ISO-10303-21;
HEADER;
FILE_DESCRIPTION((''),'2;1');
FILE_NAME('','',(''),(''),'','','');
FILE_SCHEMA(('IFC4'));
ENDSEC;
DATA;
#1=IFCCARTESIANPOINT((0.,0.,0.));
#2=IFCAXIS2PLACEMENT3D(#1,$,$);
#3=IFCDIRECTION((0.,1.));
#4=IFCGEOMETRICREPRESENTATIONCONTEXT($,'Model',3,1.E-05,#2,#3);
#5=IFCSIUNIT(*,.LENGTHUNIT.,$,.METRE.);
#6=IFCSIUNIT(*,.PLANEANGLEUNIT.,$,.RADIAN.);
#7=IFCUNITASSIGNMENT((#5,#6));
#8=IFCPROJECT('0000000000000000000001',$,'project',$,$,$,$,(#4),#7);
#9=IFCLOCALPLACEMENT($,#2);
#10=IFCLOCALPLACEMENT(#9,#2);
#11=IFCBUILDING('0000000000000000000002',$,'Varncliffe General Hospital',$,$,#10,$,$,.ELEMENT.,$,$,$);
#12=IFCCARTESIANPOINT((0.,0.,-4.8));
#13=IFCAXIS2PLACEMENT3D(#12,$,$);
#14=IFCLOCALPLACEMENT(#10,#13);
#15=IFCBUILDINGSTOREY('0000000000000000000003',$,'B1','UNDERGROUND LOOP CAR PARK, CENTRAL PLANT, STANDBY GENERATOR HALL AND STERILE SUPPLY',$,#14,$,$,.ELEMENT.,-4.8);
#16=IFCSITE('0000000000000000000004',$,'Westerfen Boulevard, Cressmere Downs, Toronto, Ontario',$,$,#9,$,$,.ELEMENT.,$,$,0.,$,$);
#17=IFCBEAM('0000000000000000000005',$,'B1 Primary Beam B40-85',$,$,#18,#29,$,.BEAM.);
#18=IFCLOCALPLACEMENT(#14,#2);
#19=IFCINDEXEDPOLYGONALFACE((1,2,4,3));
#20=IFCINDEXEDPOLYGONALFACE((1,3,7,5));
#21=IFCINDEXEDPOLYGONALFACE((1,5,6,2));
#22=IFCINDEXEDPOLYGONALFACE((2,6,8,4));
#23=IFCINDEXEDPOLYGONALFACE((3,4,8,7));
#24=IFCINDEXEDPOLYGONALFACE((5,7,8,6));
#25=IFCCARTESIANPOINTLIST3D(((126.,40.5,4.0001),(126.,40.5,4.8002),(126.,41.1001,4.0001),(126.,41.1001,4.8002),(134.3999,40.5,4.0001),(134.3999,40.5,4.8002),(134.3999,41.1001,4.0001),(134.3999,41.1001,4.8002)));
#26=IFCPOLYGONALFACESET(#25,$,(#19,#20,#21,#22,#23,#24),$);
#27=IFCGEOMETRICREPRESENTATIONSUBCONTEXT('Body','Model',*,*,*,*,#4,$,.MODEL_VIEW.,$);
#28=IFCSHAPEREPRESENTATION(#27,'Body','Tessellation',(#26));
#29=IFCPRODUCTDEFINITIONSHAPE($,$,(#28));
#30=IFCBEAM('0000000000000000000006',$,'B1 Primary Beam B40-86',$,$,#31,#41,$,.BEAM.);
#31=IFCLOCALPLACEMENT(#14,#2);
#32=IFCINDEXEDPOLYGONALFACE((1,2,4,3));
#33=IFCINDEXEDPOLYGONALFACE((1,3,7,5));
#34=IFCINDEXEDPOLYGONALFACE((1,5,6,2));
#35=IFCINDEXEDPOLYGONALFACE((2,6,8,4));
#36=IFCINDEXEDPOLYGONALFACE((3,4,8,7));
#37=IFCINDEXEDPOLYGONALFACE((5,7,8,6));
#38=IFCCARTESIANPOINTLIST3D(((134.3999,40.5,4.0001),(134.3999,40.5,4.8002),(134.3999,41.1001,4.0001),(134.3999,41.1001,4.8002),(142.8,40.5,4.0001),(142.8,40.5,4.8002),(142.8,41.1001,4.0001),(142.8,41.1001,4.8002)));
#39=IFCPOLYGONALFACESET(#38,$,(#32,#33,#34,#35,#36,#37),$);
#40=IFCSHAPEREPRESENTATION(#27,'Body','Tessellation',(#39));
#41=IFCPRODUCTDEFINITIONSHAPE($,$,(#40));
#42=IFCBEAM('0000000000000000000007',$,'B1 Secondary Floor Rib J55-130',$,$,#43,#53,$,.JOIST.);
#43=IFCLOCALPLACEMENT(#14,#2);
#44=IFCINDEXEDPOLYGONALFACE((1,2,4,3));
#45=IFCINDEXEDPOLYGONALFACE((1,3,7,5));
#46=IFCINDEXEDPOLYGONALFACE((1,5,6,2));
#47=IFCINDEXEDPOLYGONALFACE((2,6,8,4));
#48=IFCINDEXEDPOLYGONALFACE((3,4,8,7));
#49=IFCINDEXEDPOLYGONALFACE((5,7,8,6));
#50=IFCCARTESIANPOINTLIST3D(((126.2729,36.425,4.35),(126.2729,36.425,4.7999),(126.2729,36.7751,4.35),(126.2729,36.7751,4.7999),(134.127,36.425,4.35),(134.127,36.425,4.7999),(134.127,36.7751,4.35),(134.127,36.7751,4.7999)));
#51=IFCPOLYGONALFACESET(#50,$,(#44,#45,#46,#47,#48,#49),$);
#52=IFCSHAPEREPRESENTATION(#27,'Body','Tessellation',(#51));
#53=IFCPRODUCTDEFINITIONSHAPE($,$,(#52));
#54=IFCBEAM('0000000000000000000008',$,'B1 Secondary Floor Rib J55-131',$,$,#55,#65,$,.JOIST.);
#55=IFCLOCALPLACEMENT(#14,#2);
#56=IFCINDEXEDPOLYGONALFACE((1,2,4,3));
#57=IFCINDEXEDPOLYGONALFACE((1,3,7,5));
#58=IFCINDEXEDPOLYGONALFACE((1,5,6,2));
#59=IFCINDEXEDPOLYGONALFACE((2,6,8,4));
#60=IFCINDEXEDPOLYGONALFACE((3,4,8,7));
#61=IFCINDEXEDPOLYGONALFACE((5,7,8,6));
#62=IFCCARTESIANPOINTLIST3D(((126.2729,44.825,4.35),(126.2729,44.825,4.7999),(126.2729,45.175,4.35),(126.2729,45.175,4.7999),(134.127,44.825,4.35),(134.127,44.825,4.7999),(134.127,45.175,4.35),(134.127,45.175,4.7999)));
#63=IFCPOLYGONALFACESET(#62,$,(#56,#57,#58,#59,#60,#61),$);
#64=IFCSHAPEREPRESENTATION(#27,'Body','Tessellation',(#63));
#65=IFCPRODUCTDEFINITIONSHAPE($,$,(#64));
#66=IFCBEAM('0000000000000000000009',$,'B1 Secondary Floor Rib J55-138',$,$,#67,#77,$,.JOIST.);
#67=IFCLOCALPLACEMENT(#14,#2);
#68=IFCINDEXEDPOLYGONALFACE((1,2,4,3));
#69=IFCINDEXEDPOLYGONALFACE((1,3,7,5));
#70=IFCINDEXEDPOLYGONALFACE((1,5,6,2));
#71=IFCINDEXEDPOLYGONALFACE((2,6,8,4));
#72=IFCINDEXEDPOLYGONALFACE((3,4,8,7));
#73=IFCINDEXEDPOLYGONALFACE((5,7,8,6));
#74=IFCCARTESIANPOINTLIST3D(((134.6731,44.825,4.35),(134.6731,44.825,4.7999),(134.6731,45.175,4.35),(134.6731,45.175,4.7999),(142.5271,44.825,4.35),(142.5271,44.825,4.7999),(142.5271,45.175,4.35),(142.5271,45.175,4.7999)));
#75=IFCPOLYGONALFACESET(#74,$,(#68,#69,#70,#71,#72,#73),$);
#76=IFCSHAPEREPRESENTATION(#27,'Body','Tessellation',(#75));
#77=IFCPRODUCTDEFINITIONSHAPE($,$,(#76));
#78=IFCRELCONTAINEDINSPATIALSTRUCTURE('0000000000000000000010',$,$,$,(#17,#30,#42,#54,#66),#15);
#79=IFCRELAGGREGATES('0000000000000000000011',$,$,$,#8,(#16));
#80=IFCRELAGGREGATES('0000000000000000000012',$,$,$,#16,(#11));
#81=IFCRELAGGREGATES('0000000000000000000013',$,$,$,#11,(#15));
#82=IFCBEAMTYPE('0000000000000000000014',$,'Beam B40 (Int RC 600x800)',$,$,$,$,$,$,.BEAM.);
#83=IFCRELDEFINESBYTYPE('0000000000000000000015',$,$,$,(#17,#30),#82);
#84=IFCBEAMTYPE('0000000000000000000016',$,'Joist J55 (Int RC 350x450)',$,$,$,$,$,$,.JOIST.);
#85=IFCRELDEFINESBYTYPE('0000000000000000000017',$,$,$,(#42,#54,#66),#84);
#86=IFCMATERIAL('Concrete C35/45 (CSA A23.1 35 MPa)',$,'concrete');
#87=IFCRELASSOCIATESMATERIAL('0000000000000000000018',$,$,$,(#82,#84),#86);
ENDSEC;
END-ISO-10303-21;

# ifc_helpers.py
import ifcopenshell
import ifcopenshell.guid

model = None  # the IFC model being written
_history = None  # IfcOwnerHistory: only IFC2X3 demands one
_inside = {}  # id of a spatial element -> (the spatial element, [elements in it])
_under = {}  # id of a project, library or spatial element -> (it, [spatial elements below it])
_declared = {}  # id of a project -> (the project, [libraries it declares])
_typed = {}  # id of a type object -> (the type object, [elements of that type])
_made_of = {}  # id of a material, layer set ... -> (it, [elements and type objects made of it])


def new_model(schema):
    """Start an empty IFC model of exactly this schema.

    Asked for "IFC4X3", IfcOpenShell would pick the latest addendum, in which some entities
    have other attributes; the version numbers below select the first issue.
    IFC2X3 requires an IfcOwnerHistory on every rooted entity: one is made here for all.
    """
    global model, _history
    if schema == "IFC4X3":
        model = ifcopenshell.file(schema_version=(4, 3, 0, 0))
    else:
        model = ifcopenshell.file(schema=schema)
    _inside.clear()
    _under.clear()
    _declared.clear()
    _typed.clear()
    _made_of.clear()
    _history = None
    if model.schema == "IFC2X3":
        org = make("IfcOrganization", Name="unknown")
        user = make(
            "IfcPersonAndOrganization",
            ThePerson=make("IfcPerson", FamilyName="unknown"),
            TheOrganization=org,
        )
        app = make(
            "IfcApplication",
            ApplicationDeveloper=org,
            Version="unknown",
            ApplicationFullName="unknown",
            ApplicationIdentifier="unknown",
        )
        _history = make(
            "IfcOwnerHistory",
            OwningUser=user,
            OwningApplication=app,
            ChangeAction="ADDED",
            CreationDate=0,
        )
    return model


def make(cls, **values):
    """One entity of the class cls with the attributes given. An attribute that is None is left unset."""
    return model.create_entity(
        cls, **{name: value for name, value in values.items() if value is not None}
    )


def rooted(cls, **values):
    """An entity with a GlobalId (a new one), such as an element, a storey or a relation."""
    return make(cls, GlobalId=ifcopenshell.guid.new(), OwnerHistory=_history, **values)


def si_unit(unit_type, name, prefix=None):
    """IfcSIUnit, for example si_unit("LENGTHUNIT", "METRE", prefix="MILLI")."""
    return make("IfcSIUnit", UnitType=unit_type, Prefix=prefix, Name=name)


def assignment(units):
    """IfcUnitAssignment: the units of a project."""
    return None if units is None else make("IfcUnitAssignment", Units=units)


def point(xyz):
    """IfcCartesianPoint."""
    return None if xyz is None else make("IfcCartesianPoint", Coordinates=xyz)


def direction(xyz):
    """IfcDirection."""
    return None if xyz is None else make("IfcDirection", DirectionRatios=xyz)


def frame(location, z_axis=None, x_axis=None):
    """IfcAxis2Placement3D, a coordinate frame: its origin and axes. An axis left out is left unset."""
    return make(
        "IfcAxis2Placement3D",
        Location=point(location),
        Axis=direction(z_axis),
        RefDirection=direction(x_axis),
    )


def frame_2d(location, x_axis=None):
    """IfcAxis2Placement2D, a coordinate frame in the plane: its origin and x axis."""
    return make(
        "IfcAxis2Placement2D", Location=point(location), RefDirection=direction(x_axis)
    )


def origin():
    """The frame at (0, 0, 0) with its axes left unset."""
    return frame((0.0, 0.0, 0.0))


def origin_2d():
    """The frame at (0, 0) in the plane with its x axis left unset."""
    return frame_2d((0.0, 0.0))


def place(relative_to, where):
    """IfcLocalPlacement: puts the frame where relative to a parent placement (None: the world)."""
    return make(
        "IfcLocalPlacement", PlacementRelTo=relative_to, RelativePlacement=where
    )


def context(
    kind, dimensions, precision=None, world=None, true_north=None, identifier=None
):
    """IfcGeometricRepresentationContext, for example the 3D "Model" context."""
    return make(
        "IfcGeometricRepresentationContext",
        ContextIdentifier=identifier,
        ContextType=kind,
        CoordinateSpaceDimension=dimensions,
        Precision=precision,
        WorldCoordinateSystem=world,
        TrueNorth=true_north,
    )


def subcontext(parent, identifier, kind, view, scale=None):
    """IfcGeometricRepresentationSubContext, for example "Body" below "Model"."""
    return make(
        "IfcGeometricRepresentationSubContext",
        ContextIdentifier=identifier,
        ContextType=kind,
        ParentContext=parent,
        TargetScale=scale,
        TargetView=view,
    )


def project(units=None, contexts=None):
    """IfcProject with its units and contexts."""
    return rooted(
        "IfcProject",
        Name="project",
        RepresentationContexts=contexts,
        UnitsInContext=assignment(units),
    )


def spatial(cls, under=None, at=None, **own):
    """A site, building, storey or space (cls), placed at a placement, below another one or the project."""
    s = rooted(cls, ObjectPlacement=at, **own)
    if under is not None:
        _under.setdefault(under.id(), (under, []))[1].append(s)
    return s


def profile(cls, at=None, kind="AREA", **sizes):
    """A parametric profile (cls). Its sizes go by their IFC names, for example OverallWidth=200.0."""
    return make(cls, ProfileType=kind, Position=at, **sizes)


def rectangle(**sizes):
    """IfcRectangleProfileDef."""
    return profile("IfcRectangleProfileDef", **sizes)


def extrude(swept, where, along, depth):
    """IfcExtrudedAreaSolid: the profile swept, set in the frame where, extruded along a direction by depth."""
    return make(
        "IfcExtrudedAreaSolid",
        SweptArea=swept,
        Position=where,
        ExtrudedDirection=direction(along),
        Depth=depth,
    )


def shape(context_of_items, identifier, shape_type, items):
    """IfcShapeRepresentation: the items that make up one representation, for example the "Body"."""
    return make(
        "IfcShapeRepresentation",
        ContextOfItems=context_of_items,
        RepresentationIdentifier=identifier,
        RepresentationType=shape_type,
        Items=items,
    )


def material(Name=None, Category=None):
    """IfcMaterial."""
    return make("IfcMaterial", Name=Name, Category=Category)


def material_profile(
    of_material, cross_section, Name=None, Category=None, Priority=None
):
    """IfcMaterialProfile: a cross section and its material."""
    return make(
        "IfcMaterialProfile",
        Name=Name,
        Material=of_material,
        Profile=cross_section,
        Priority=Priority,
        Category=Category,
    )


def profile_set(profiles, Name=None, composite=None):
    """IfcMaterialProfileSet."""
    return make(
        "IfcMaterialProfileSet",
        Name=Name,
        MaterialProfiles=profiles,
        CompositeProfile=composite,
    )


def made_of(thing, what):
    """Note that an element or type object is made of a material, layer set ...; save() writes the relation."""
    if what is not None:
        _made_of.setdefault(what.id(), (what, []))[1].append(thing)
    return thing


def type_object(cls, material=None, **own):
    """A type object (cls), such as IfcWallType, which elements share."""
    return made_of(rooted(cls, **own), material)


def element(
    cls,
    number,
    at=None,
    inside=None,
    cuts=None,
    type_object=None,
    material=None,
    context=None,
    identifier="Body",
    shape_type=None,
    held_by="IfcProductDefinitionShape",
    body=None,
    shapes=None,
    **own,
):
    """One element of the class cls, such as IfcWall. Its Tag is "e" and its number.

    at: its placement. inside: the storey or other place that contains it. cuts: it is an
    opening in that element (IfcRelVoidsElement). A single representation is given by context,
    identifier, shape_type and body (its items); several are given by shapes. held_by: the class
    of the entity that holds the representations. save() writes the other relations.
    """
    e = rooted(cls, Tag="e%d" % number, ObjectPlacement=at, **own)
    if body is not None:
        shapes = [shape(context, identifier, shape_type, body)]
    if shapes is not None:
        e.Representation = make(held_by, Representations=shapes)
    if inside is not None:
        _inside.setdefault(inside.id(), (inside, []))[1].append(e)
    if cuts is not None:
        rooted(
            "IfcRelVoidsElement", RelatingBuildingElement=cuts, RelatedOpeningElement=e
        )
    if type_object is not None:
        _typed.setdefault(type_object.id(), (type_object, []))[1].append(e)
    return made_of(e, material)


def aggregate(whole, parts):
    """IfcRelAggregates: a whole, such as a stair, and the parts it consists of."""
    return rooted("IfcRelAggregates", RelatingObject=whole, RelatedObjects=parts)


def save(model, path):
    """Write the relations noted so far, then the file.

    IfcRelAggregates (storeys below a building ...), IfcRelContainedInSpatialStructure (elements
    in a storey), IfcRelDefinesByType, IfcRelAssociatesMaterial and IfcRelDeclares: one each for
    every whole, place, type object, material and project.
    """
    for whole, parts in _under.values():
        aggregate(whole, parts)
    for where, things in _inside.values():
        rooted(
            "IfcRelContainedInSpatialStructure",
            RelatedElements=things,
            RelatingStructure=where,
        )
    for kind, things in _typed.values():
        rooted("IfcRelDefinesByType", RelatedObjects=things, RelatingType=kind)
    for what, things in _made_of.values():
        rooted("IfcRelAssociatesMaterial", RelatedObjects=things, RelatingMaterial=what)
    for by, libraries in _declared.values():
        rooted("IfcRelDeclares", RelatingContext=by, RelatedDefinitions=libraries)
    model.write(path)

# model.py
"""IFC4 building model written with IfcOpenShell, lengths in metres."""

from ifc_helpers import new_model, si_unit, direction, frame, origin, origin_2d, place, context, subcontext, project, spatial, rectangle, extrude, material, material_profile, profile_set, type_object, element, save


model = new_model("IFC4")

# Units and contexts
model_context = context("Model", 3, precision=1e-05, world=origin(), true_north=direction((0.0, 1.0)))
body_context = subcontext(model_context, "Body", "Model", "MODEL_VIEW")
ifc_project = project(units=[si_unit("LENGTHUNIT", "METRE"), si_unit("PLANEANGLEUNIT", "RADIAN")], contexts=[model_context])

# Site, building, storey
site_placement = place(None, origin())
site = spatial("IfcSite", under=ifc_project, at=site_placement, Name="Westerfen Boulevard, Cressmere Downs, Toronto, Ontario", CompositionType="ELEMENT", RefElevation=0.0)
building_placement = place(site_placement, origin())
building = spatial("IfcBuilding", under=site, at=building_placement, Name="Varncliffe General Hospital", CompositionType="ELEMENT")
storey_placement = place(building_placement, frame((0.0, 0.0, -4.8)))
storey = spatial("IfcBuildingStorey", under=building, at=storey_placement, Name="B1", Description="UNDERGROUND LOOP CAR PARK, CENTRAL PLANT, STANDBY GENERATOR HALL AND STERILE SUPPLY", CompositionType="ELEMENT", Elevation=-4.8)

# Beams
ifc_material_1 = material(Name="Concrete C35/45 (CSA A23.1 35 MPa)", Category="concrete")
ifc_material_profile_1 = material_profile(ifc_material_1, rectangle(XDim=0.6001, YDim=0.8, at=origin_2d()), Name="RC 600x800")
ifc_profile_set_1 = profile_set([ifc_material_profile_1], Name="Concrete C35/45 (CSA A23.1 35 MPa)")
beam_type_1 = type_object("IfcBeamType", Name="Beam B40 (Int RC 600x800)", PredefinedType="BEAM", material=ifc_profile_set_1)
for number, where, z_axis, x_axis, name in (
    (1, (126.0, 40.8, 4.4001), (1.0, 0.0, 0.0), (0.0, 1.0, 0.0), "B1 Primary Beam B40-85"),
):
    element("IfcBeam", number, at=place(storey_placement, frame(where, z_axis=z_axis, x_axis=x_axis)), inside=storey, type_object=beam_type_1, Name=name, PredefinedType="BEAM", context=body_context, shape_type="SweptSolid", body=[
        extrude(rectangle(XDim=0.6001, YDim=0.8, at=origin_2d()), origin(), (0.0, 0.0, 1.0), 8.3999),
    ])
beam_1_placement = place(storey_placement, frame((134.3999, 40.8, 4.4001), z_axis=(1.0, 0.0, 0.0), x_axis=(0.0, 1.0, 0.0)))
element("IfcBeam", 2, at=beam_1_placement, inside=storey, type_object=beam_type_1, Name="B1 Primary Beam B40-86", PredefinedType="BEAM", context=body_context, shape_type="SweptSolid", body=[
    extrude(rectangle(XDim=0.6001, YDim=0.8, at=origin_2d()), origin(), (0.0, 0.0, 1.0), 8.4001),
])
ifc_material_profile_2 = material_profile(ifc_material_1, rectangle(XDim=0.3501, YDim=0.45, at=origin_2d()), Name="RC 350x450")
ifc_profile_set_2 = profile_set([ifc_material_profile_2], Name="Concrete C35/45 (CSA A23.1 35 MPa)")
beam_type_2 = type_object("IfcBeamType", Name="Joist J55 (Int RC 350x450)", PredefinedType="JOIST", material=ifc_profile_set_2)
for number, where, z_axis, x_axis, name in (
    (3, (126.2729, 36.6001, 4.575), (1.0, 0.0, 0.0), (0.0, 1.0, 0.0), "B1 Secondary Floor Rib J55-130"),
    (4, (126.2729, 45.0, 4.575), (1.0, 0.0, 0.0), (0.0, 1.0, 0.0), "B1 Secondary Floor Rib J55-131"),
    (5, (134.6731, 45.0, 4.575), (1.0, 0.0, 0.0), (0.0, 1.0, 0.0), "B1 Secondary Floor Rib J55-138"),
):
    element("IfcBeam", number, at=place(storey_placement, frame(where, z_axis=z_axis, x_axis=x_axis)), inside=storey, type_object=beam_type_2, Name=name, PredefinedType="JOIST", context=body_context, shape_type="SweptSolid", body=[
        extrude(rectangle(XDim=0.3501, YDim=0.45, at=origin_2d()), origin(), (0.0, 0.0, 1.0), 7.854),
    ])

save(model, "model.ifc")
